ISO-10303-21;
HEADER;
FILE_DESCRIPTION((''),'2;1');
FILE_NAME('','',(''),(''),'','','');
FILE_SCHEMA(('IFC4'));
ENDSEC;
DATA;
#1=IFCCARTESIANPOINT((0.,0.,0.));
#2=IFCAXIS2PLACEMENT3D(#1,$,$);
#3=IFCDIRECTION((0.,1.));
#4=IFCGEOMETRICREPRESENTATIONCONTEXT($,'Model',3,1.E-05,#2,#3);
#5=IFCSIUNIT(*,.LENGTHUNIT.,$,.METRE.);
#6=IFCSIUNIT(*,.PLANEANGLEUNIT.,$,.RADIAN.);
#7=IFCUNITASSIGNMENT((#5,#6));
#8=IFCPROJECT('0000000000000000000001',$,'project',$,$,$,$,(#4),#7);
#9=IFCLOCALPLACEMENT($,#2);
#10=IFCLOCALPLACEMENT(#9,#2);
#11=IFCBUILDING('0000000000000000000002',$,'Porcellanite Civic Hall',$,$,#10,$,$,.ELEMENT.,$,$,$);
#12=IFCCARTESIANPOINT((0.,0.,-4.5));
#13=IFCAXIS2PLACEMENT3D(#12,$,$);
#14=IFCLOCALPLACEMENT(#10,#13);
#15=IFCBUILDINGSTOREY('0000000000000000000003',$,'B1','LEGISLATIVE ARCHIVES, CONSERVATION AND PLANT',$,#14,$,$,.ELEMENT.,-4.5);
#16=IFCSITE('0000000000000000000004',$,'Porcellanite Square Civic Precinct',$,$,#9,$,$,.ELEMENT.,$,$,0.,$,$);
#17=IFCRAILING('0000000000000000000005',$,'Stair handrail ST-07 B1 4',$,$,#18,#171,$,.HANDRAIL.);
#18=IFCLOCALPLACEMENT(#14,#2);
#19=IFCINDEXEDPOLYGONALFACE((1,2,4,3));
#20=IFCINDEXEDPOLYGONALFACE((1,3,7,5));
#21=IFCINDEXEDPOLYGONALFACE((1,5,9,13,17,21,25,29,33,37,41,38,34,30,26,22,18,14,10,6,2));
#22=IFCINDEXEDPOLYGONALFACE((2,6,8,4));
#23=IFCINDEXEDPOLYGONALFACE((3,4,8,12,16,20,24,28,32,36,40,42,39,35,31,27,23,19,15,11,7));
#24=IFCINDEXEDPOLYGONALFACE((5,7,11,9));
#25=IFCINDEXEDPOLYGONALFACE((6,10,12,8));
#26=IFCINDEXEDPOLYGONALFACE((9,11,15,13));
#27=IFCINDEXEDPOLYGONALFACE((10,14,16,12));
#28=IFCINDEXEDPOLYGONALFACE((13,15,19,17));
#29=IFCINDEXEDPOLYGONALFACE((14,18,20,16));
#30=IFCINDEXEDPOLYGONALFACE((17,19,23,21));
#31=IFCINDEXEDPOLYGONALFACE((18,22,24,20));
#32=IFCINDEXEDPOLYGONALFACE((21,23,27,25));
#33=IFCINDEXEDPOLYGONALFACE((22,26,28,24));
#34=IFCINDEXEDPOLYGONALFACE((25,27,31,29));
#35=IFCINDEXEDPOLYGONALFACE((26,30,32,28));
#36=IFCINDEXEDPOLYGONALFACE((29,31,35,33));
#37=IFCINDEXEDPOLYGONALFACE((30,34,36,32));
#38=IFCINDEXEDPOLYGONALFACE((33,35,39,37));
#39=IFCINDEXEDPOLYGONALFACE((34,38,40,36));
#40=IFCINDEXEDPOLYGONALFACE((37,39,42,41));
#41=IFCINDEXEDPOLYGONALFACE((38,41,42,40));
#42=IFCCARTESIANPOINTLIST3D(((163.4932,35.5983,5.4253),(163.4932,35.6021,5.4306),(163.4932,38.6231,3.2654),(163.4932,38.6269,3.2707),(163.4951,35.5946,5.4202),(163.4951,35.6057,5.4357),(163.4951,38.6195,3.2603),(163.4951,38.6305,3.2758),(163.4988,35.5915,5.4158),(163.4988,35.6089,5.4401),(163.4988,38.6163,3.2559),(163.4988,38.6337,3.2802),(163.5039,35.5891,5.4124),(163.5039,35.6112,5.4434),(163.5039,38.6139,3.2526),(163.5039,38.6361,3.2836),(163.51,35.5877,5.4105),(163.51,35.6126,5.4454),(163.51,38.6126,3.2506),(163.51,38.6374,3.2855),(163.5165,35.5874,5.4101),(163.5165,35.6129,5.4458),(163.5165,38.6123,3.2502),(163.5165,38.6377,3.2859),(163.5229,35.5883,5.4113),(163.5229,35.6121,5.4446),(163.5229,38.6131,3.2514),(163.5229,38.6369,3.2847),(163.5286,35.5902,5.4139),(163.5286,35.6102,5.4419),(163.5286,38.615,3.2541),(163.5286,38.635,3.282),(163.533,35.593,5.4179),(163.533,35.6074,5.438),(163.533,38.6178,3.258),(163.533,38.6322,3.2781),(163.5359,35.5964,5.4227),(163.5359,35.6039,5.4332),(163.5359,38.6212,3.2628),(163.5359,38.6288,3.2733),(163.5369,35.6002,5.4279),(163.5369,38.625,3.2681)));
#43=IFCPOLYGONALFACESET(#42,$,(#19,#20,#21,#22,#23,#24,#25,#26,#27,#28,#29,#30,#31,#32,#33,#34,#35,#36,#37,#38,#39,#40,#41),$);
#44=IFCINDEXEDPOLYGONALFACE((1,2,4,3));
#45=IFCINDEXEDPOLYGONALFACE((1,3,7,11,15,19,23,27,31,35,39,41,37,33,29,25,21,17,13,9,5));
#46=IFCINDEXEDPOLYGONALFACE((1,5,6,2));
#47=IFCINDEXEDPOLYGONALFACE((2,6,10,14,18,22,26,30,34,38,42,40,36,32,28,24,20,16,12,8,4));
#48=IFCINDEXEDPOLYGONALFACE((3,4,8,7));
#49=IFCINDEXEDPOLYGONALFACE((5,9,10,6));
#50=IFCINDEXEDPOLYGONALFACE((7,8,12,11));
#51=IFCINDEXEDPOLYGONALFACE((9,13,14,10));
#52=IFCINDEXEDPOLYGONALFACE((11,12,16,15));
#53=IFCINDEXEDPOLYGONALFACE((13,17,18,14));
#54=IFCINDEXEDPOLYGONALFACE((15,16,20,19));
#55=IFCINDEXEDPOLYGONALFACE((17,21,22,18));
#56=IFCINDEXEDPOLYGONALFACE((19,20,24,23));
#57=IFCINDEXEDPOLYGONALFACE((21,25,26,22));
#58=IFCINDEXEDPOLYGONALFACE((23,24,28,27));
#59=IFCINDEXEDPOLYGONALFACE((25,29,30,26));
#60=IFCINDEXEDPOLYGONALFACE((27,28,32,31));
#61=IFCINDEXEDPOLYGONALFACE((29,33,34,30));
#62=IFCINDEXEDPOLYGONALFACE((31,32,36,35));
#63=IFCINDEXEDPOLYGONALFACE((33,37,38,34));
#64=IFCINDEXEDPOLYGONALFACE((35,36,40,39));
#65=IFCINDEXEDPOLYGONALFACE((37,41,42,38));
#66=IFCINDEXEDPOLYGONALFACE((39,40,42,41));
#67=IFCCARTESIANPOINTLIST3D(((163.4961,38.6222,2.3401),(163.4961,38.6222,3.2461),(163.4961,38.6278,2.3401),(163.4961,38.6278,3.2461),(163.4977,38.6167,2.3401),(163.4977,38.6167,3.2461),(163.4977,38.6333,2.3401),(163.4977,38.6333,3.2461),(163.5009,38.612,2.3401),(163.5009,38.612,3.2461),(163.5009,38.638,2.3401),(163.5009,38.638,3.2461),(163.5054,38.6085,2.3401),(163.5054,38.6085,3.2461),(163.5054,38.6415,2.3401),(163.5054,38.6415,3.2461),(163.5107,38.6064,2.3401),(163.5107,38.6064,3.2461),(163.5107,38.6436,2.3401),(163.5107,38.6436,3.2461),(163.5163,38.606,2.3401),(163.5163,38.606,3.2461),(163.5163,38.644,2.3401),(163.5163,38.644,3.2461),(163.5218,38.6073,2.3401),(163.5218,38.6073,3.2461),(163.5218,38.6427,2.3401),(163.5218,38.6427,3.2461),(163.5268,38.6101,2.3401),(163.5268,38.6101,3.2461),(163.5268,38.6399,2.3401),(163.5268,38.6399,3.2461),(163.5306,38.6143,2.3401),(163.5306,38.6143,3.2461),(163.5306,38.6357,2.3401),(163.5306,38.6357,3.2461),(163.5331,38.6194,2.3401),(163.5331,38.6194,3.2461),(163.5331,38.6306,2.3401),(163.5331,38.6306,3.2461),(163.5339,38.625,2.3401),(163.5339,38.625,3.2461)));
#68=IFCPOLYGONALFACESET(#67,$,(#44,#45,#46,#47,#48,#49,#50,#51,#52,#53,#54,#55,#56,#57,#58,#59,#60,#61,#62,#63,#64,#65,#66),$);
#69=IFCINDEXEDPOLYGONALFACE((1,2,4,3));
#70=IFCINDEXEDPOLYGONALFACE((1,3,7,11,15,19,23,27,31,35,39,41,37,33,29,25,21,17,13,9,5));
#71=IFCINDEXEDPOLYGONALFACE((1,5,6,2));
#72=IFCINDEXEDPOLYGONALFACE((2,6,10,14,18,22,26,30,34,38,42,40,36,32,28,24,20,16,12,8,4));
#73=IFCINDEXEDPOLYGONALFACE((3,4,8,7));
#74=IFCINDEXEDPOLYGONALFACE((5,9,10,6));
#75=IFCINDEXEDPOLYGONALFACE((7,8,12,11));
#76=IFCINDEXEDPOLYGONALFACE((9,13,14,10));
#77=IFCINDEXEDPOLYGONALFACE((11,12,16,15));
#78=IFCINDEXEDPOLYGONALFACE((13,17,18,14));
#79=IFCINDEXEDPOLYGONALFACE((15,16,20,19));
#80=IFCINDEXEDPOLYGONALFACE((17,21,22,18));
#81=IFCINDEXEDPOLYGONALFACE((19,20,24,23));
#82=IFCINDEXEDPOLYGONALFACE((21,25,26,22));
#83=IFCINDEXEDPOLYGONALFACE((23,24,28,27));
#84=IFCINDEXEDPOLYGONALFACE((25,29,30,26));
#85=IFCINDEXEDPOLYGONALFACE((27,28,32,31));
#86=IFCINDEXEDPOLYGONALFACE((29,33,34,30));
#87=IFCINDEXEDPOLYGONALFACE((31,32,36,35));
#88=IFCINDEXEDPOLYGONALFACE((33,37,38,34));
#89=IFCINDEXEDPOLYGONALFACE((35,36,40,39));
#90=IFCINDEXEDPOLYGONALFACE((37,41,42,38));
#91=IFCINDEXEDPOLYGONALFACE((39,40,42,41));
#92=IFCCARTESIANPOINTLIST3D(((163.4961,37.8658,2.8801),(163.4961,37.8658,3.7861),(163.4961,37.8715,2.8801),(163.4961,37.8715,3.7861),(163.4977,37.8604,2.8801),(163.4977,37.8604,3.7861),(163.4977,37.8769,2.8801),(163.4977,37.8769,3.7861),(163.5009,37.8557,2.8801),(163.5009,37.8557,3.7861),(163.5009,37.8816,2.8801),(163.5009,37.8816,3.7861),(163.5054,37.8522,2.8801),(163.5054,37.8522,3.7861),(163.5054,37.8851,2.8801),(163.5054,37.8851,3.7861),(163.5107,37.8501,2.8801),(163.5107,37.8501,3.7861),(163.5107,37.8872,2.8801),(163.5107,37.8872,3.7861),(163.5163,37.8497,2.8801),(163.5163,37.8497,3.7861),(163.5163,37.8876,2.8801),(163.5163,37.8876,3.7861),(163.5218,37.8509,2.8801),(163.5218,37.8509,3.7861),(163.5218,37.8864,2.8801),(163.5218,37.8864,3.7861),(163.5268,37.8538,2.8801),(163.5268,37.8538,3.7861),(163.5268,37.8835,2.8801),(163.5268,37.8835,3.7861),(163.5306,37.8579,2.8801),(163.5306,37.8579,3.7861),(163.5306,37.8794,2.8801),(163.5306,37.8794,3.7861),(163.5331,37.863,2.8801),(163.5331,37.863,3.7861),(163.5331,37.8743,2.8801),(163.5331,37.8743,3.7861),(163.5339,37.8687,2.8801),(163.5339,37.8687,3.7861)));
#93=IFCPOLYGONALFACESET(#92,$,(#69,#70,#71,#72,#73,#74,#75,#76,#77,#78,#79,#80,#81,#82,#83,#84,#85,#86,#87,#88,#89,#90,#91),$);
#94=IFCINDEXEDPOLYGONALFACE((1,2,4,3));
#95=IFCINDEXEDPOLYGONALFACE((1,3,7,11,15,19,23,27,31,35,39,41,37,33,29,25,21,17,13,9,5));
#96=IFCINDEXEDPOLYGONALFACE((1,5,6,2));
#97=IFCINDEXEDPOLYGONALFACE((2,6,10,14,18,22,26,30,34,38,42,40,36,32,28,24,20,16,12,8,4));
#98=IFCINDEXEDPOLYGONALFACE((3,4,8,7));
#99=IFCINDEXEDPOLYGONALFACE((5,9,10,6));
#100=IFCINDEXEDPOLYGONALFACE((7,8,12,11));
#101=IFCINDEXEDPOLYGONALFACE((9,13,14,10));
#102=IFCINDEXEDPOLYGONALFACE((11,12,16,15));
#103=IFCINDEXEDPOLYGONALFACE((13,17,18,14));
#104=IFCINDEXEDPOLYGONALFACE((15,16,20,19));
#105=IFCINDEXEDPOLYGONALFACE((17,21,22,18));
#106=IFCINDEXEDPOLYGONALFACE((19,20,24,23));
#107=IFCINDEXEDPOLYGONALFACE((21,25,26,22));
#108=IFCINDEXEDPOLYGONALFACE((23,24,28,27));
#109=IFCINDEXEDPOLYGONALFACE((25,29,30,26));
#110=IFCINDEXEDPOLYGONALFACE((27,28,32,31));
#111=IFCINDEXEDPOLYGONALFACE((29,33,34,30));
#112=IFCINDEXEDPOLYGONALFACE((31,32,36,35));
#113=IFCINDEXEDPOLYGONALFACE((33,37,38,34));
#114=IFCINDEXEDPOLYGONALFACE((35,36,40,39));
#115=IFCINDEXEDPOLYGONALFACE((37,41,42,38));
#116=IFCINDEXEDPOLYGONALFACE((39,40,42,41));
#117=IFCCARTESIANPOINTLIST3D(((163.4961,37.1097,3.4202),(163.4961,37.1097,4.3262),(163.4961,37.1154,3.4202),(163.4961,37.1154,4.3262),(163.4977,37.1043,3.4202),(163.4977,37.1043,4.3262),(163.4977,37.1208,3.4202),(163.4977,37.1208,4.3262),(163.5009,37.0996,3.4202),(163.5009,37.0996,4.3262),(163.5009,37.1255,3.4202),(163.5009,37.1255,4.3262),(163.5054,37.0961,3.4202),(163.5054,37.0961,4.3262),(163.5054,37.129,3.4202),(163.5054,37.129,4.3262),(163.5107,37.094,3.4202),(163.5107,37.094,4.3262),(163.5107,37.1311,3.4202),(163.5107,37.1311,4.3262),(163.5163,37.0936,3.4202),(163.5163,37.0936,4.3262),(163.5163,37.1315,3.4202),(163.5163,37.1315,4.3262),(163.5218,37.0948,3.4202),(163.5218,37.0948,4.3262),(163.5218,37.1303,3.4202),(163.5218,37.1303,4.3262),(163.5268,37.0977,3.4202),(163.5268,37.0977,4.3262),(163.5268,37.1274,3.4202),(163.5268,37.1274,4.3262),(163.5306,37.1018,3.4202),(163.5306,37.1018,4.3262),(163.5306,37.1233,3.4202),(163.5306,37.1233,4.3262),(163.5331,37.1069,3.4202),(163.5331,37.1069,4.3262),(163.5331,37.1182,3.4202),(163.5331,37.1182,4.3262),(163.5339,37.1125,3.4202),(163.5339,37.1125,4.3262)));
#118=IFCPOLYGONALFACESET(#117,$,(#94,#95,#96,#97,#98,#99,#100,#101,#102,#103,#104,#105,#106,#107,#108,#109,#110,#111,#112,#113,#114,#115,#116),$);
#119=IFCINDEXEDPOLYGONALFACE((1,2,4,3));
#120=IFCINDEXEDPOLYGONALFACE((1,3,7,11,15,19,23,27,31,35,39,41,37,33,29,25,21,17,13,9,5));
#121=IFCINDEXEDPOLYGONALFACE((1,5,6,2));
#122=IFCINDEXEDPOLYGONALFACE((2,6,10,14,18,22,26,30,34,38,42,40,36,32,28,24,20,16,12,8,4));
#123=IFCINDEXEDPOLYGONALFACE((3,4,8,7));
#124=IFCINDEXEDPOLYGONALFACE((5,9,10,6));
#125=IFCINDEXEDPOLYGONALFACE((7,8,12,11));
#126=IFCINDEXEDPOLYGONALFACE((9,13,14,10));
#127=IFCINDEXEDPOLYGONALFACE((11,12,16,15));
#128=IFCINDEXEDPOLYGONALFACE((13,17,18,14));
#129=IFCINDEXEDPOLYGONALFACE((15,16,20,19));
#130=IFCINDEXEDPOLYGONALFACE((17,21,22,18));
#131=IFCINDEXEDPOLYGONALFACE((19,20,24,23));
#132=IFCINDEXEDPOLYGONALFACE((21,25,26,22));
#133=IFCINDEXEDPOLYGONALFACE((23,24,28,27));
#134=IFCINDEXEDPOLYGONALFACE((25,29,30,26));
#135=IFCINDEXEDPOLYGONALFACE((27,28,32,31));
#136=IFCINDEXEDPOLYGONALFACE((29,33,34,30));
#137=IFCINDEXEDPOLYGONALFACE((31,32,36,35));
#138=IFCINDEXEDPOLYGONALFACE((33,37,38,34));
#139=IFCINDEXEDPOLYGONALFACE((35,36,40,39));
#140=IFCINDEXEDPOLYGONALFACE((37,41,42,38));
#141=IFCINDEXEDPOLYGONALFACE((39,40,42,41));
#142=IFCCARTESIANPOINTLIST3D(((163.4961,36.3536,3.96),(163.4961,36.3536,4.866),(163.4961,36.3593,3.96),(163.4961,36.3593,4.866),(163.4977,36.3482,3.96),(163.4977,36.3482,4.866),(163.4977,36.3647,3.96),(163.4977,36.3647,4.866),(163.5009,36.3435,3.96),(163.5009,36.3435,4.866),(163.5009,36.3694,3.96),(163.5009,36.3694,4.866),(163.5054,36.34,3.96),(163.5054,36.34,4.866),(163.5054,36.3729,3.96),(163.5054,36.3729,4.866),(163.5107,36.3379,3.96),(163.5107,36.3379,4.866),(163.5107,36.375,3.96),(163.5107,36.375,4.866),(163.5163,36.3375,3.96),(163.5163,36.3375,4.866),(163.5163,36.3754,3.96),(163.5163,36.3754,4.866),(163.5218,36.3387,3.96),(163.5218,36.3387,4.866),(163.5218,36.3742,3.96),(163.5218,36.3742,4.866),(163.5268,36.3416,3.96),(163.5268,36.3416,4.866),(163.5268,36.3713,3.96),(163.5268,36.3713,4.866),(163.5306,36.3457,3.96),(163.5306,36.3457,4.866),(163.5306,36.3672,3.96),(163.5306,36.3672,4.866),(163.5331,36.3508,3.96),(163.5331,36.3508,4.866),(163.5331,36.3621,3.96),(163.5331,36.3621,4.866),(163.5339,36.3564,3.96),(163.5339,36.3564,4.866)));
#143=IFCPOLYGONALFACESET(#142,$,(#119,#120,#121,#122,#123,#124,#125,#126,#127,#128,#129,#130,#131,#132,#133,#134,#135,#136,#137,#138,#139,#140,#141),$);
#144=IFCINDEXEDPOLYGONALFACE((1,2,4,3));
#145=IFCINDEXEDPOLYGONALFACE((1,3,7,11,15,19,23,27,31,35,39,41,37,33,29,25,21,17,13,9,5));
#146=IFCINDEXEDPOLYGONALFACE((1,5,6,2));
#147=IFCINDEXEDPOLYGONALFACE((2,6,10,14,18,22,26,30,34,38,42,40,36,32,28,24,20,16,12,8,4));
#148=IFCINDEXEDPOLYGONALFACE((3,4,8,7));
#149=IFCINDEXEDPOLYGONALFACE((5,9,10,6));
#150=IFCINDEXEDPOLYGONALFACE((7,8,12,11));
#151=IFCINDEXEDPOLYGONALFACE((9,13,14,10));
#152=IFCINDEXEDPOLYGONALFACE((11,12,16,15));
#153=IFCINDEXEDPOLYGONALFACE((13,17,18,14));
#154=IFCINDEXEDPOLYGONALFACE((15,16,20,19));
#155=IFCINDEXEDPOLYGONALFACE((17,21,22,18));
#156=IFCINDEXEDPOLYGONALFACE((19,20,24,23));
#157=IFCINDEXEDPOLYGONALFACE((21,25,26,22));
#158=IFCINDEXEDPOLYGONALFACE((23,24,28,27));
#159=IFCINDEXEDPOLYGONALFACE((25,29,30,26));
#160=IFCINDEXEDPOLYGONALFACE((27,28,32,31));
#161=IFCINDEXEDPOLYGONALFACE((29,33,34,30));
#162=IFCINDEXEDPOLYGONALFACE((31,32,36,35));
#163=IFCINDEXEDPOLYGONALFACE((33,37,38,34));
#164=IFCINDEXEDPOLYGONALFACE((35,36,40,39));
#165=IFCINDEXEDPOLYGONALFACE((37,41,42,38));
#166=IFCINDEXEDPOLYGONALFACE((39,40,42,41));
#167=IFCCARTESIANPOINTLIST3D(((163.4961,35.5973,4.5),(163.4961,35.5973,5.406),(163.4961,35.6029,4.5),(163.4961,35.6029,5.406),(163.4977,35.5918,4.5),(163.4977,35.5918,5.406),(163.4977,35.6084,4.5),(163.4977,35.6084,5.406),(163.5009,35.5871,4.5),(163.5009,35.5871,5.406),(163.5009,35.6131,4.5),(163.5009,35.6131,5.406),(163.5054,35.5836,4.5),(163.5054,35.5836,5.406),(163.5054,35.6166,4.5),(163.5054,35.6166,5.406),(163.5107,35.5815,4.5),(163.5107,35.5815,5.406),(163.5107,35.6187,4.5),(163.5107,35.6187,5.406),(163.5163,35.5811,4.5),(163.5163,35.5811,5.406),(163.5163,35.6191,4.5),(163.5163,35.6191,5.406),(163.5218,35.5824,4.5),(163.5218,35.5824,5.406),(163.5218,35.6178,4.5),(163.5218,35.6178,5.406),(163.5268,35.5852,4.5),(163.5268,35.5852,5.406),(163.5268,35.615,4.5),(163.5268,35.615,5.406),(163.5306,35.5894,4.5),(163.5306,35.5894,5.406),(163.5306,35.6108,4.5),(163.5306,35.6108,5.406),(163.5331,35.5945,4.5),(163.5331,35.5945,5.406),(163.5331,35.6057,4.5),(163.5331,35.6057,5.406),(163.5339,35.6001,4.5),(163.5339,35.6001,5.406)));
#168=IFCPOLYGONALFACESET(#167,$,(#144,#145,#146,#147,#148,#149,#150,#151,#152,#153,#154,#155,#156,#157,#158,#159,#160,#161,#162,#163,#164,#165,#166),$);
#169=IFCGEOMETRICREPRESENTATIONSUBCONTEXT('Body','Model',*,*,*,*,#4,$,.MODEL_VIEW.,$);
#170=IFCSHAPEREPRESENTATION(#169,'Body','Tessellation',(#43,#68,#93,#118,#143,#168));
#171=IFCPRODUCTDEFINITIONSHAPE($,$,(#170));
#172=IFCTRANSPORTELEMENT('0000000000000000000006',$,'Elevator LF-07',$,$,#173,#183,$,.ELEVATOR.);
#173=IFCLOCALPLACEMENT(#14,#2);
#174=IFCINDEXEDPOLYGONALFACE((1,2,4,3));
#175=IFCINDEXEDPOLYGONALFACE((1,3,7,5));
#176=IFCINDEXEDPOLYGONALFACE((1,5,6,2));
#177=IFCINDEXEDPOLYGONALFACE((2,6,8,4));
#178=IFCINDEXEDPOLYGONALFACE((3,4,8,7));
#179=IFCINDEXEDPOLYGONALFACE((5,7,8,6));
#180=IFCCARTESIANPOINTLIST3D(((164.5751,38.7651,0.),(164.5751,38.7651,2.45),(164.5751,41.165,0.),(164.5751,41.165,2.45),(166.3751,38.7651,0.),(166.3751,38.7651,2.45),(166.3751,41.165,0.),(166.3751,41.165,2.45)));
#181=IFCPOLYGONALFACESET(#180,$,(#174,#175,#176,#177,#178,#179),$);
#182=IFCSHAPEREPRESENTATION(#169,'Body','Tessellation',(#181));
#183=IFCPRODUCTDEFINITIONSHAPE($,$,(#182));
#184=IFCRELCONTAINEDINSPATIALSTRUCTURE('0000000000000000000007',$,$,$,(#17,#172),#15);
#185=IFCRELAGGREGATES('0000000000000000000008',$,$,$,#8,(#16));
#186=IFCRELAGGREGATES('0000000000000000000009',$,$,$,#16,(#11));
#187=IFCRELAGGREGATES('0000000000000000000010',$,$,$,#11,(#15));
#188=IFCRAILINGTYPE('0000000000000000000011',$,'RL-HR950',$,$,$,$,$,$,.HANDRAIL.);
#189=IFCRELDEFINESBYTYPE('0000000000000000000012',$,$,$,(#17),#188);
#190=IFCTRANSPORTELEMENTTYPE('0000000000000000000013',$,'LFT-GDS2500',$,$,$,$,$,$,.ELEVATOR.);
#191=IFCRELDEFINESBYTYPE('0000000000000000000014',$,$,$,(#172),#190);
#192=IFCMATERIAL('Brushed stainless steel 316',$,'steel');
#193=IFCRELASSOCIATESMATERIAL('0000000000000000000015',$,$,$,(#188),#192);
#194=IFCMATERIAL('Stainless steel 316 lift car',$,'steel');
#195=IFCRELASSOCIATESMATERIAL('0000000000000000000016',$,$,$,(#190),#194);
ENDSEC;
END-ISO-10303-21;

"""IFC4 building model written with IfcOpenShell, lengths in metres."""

from ifc_helpers import new_model, si_unit, direction, frame, origin, origin_2d, place, context, subcontext, project, spatial, rectangle, circle, extrude, material, type_object, element, save


model = new_model("IFC4")

# Units and contexts
model_context = context("Model", 3, precision=1e-05, world=origin(), true_north=direction((0.0, 1.0)))
body_context = subcontext(model_context, "Body", "Model", "MODEL_VIEW")
ifc_project = project(units=[si_unit("LENGTHUNIT", "METRE"), si_unit("PLANEANGLEUNIT", "RADIAN")], contexts=[model_context])

# Site, building, storey
site_placement = place(None, origin())
site = spatial("IfcSite", under=ifc_project, at=site_placement, Name="Porcellanite Square Civic Precinct", CompositionType="ELEMENT", RefElevation=0.0)
building_placement = place(site_placement, origin())
building = spatial("IfcBuilding", under=site, at=building_placement, Name="Porcellanite Civic Hall", CompositionType="ELEMENT")
storey_placement = place(building_placement, frame((0.0, 0.0, -4.5)))
storey = spatial("IfcBuildingStorey", under=building, at=storey_placement, Name="B1", Description="LEGISLATIVE ARCHIVES, CONSERVATION AND PLANT", CompositionType="ELEMENT", Elevation=-4.5)

# Railing
ifc_material_1 = material(Name="Brushed stainless steel 316", Category="steel")
railing_type_1 = type_object("IfcRailingType", Name="RL-HR950", PredefinedType="HANDRAIL", material=ifc_material_1)
railing_1_placement = place(storey_placement, frame((163.5149, 38.625, 2.3401)))
element("IfcRailing", 1, at=railing_1_placement, inside=storey, type_object=railing_type_1, Name="Stair handrail ST-07 B1 4", PredefinedType="HANDRAIL", context=body_context, shape_type="SweptSolid", body=[
    extrude(circle(Radius=0.022, at=origin_2d()), frame((0.0, 0.0, 0.928), z_axis=(0.0, -0.813827, 0.581108), x_axis=(1.0, 0.0, 0.0)), (0.0, 0.0, 1.0), 3.7168),
    extrude(circle(Radius=0.019, at=origin_2d()), origin(), (0.0, 0.0, 1.0), 0.906),
    extrude(circle(Radius=0.019, at=origin_2d()), frame((0.0, -0.7563, 0.54)), (0.0, 0.0, 1.0), 0.906),
    extrude(circle(Radius=0.019, at=origin_2d()), frame((0.0, -1.5125, 1.0801)), (0.0, 0.0, 1.0), 0.906),
    extrude(circle(Radius=0.019, at=origin_2d()), frame((0.0, -2.2686, 1.6199)), (0.0, 0.0, 1.0), 0.906),
    extrude(circle(Radius=0.019, at=origin_2d()), frame((0.0, -3.0249, 2.1599)), (0.0, 0.0, 1.0), 0.906),
])

# Transport element
ifc_material_2 = material(Name="Stainless steel 316 lift car", Category="steel")
transport_element_type = type_object("IfcTransportElementType", Name="LFT-GDS2500", PredefinedType="ELEVATOR", material=ifc_material_2)
transport_element_placement = place(storey_placement, frame((165.4751, 39.9651, 0.0), z_axis=(0.0, 0.0, 1.0), x_axis=(1.0, 0.0, 0.0)))
element("IfcTransportElement", 2, at=transport_element_placement, inside=storey, type_object=transport_element_type, Name="Elevator LF-07", PredefinedType="ELEVATOR", context=body_context, shape_type="SweptSolid", body=[
    extrude(rectangle(XDim=1.8, YDim=2.3999, at=origin_2d()), origin(), (0.0, 0.0, 1.0), 2.45),
])

save(model, "model.ifc")
